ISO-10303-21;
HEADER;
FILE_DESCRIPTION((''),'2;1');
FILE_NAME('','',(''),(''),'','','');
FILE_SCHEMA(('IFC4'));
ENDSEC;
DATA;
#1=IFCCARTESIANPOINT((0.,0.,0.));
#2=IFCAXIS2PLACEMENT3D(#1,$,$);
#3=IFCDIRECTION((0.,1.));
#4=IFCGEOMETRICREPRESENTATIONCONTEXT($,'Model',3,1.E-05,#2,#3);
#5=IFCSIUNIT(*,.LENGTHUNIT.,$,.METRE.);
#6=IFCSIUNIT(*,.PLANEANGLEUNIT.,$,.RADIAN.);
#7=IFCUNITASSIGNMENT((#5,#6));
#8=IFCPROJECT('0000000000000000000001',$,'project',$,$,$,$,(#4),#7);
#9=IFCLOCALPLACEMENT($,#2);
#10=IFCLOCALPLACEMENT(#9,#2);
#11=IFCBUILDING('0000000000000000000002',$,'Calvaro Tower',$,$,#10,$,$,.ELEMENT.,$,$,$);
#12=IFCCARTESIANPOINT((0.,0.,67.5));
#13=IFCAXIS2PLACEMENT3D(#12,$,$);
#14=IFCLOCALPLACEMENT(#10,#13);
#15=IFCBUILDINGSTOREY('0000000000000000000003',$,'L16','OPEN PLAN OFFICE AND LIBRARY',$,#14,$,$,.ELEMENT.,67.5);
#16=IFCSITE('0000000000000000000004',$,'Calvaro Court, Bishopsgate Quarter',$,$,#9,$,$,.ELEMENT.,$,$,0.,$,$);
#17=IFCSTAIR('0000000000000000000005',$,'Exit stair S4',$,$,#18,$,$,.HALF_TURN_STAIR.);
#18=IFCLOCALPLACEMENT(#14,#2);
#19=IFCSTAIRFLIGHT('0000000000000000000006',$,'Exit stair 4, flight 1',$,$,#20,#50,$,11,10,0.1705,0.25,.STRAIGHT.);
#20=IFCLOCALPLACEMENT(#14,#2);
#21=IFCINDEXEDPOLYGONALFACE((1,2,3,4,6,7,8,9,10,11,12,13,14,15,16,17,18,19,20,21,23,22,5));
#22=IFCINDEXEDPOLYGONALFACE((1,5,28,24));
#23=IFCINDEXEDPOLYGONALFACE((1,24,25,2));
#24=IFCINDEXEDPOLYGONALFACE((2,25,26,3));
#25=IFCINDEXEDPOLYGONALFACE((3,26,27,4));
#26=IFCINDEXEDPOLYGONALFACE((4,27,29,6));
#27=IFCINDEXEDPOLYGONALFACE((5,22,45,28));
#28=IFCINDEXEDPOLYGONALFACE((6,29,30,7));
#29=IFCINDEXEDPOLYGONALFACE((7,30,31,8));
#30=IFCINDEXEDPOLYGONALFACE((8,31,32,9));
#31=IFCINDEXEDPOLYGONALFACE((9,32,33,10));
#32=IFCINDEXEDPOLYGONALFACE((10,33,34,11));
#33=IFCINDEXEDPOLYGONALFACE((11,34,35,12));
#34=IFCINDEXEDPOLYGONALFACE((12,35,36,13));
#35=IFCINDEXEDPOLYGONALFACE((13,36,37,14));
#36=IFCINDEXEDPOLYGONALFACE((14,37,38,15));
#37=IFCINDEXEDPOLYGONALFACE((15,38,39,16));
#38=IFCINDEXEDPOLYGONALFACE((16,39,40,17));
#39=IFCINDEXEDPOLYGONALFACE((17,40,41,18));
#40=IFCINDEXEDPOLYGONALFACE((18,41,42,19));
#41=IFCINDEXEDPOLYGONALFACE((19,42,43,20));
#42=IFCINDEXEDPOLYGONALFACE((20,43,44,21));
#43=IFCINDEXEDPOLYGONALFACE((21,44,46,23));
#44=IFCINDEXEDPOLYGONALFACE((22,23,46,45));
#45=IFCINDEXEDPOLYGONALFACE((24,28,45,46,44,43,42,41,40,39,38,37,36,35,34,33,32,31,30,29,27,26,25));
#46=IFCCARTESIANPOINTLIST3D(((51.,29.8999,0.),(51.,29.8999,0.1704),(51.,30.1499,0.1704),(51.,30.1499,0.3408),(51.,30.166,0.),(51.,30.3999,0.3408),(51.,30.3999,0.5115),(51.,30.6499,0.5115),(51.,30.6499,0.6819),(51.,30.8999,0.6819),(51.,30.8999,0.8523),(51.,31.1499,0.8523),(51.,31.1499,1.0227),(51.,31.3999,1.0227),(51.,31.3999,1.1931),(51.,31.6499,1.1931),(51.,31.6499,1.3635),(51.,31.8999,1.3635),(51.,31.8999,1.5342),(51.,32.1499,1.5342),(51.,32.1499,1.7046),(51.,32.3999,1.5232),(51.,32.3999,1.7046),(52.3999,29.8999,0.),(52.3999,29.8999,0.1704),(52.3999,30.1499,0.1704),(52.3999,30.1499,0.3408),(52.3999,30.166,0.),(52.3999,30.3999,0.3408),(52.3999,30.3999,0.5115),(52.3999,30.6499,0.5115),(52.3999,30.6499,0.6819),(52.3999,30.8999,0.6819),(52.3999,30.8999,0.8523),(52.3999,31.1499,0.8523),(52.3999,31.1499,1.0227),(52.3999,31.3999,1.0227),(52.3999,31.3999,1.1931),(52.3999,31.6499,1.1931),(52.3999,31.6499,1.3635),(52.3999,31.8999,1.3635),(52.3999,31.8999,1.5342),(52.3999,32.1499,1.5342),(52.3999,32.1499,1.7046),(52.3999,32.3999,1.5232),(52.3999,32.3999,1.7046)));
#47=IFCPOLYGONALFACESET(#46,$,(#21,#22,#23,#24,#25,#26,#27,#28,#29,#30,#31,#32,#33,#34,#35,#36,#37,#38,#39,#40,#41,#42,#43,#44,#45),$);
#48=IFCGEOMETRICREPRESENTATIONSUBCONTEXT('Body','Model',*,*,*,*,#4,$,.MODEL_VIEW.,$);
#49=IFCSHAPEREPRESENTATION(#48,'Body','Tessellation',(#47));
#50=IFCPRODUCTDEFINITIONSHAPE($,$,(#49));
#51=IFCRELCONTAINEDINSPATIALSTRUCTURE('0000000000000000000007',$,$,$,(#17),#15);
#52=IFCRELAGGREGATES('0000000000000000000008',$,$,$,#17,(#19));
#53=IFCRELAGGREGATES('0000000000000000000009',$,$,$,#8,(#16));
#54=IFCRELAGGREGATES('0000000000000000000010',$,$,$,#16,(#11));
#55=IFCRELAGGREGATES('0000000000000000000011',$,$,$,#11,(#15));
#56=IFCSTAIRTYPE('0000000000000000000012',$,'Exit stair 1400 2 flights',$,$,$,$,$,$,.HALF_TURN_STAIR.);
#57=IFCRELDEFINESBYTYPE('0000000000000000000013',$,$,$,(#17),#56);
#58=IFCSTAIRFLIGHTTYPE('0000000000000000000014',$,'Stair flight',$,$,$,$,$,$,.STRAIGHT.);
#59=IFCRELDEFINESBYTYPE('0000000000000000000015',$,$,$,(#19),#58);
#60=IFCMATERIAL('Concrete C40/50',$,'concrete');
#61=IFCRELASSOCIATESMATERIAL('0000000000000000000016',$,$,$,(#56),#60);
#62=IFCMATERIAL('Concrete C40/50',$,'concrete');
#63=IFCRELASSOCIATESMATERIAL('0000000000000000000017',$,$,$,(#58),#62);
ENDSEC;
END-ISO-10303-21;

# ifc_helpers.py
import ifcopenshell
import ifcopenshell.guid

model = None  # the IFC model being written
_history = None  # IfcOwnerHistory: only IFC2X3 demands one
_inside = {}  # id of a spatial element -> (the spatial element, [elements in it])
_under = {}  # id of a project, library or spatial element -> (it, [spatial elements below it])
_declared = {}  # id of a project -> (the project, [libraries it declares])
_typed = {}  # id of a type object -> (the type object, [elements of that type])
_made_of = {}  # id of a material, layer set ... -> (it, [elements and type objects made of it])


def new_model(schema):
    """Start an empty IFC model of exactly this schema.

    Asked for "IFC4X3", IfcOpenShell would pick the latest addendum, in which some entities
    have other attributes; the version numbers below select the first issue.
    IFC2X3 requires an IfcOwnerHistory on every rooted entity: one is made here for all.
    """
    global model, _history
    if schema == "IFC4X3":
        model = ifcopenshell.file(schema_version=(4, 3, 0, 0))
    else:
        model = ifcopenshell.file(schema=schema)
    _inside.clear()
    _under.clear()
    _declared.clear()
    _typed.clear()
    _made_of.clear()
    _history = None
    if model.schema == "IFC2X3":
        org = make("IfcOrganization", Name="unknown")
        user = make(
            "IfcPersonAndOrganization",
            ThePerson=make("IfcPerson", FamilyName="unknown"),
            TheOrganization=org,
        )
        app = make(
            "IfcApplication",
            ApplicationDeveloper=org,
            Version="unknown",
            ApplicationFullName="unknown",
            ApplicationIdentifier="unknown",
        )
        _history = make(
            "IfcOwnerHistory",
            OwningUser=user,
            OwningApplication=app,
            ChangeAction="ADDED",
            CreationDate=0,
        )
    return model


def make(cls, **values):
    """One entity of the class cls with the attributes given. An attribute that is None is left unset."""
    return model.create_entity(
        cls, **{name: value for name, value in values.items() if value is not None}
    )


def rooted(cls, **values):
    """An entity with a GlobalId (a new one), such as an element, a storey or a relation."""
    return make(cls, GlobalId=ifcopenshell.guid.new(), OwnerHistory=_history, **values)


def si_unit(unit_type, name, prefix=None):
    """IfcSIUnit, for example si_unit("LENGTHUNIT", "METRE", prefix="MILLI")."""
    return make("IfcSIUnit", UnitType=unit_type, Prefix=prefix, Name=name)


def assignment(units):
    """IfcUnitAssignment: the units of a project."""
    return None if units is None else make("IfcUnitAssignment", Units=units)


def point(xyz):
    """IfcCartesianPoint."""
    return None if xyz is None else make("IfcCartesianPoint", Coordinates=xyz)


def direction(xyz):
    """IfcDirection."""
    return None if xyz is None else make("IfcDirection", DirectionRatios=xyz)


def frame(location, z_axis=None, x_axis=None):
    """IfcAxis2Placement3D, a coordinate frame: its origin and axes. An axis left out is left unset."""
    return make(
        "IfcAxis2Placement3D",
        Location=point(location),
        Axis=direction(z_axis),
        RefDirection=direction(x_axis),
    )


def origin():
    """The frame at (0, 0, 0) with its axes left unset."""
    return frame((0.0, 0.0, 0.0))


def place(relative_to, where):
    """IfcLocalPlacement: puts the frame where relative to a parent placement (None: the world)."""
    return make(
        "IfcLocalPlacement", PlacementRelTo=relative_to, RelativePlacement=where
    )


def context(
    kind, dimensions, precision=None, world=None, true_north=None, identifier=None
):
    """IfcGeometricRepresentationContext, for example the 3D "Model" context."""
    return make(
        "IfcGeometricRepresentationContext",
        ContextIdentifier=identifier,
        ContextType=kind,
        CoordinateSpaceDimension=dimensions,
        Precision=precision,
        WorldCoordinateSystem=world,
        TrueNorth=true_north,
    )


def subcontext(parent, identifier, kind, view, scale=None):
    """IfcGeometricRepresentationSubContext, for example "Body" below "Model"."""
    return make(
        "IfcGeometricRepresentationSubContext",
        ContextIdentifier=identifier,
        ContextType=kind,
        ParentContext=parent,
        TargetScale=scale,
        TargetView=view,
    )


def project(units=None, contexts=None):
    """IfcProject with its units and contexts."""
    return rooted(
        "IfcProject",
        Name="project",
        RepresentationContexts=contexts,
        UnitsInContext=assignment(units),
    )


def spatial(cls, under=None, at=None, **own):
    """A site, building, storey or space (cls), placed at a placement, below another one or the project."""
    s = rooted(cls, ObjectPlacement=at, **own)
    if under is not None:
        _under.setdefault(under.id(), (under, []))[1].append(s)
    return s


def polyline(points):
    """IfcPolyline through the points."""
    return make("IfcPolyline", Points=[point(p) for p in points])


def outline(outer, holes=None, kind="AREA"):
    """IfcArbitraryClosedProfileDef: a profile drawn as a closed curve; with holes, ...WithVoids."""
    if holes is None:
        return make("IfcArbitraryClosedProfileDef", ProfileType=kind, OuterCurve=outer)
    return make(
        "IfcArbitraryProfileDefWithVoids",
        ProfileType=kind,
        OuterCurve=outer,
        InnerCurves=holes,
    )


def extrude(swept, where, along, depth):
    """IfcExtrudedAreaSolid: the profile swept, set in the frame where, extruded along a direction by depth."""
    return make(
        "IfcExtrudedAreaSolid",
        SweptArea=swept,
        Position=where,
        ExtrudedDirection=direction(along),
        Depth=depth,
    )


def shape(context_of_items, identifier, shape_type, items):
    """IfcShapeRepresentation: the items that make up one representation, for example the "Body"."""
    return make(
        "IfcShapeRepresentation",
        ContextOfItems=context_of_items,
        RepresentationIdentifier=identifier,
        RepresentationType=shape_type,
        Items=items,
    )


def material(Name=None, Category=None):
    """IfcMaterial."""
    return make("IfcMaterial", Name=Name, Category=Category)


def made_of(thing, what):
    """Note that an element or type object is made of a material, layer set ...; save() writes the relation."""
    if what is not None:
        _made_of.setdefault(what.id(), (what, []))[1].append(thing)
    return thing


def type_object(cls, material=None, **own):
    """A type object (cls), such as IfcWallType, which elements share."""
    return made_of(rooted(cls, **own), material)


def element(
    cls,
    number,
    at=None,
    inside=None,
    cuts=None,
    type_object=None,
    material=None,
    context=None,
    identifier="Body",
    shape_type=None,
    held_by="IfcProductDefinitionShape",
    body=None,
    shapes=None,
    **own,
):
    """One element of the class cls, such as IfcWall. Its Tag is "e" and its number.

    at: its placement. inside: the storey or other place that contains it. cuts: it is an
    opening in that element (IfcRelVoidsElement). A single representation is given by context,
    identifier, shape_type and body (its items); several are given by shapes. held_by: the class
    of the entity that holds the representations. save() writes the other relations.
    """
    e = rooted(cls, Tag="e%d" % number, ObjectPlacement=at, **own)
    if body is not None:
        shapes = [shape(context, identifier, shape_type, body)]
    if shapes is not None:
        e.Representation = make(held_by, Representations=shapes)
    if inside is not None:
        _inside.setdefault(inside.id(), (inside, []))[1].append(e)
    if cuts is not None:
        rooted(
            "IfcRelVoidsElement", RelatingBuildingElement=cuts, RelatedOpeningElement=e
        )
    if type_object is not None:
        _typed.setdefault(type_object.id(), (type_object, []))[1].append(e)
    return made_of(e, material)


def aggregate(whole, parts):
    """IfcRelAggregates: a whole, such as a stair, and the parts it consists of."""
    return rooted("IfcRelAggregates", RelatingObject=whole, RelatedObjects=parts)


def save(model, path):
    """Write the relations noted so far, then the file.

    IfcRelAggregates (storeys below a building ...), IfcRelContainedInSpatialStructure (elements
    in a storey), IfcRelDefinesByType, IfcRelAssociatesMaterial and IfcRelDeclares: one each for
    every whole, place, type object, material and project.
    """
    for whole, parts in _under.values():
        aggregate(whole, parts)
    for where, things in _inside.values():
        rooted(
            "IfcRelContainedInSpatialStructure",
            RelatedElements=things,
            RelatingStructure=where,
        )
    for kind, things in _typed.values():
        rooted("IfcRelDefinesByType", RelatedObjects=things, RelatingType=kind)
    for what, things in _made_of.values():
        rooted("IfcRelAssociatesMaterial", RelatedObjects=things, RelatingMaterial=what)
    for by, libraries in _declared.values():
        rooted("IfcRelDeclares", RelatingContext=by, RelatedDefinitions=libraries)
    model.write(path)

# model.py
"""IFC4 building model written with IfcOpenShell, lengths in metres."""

from ifc_helpers import new_model, si_unit, direction, frame, origin, place, context, subcontext, project, spatial, polyline, outline, extrude, material, type_object, element, aggregate, save


model = new_model("IFC4")

# Units and contexts
model_context = context("Model", 3, precision=1e-05, world=origin(), true_north=direction((0.0, 1.0)))
body_context = subcontext(model_context, "Body", "Model", "MODEL_VIEW")
ifc_project = project(units=[si_unit("LENGTHUNIT", "METRE"), si_unit("PLANEANGLEUNIT", "RADIAN")], contexts=[model_context])

# Site, building, storey
site_placement = place(None, origin())
site = spatial("IfcSite", under=ifc_project, at=site_placement, Name="Calvaro Court, Bishopsgate Quarter", CompositionType="ELEMENT", RefElevation=0.0)
building_placement = place(site_placement, origin())
building = spatial("IfcBuilding", under=site, at=building_placement, Name="Calvaro Tower", CompositionType="ELEMENT")
storey_placement = place(building_placement, frame((0.0, 0.0, 67.5)))
storey = spatial("IfcBuildingStorey", under=building, at=storey_placement, Name="L16", Description="OPEN PLAN OFFICE AND LIBRARY", CompositionType="ELEMENT", Elevation=67.5)

# Stair, stair flight
ifc_material_1 = material(Name="Concrete C40/50", Category="concrete")
stair_type = type_object("IfcStairType", Name="Exit stair 1400 2 flights", PredefinedType="HALF_TURN_STAIR", material=ifc_material_1)
ifc_material_2 = material(Name="Concrete C40/50", Category="concrete")
stair_flight_type = type_object("IfcStairFlightType", Name="Stair flight", PredefinedType="STRAIGHT", material=ifc_material_2)
stair_1_placement = place(storey_placement, origin())
stair_1 = element("IfcStair", 1, at=stair_1_placement, inside=storey, type_object=stair_type, Name="Exit stair S4", PredefinedType="HALF_TURN_STAIR")
stair_flight_1_placement = place(storey_placement, frame((51.7, 29.8999, 0.0), z_axis=(0.0, 0.0, 1.0), x_axis=(0.0, 1.0, 0.0)))
stair_flight_1 = element("IfcStairFlight", 2, at=stair_flight_1_placement, type_object=stair_flight_type, Name="Exit stair 4, flight 1", NumberOfRisers=11, NumberOfTreads=10, PredefinedType="STRAIGHT", RiserHeight=0.1705, TreadLength=0.25, context=body_context, shape_type="SweptSolid", body=[
    extrude(outline(polyline([(0.0, 0.0), (0.0, 0.1704), (0.25, 0.1704), (0.25, 0.3408), (0.5, 0.3408), (0.5, 0.5115), (0.75, 0.5115), (0.75, 0.6819), (1.0, 0.6819), (1.0, 0.8523), (1.25, 0.8523), (1.25, 1.0227), (1.5, 1.0227), (1.5, 1.1931), (1.75, 1.1931), (1.75, 1.3635), (2.0, 1.3635), (2.0, 1.5342), (2.25, 1.5342), (2.25, 1.7046), (2.5, 1.7046), (2.5, 1.875), (2.5, 1.5232), (0.2661, 0.0), (0.0, 0.0)])), frame((0.0, 0.7, 0.0), z_axis=(0.0, -1.0, 0.0), x_axis=(1.0, 0.0, 0.0)), (0.0, 0.0, 1.0), 1.3999),
])

aggregate(stair_1, [stair_flight_1])

save(model, "model.ifc")
